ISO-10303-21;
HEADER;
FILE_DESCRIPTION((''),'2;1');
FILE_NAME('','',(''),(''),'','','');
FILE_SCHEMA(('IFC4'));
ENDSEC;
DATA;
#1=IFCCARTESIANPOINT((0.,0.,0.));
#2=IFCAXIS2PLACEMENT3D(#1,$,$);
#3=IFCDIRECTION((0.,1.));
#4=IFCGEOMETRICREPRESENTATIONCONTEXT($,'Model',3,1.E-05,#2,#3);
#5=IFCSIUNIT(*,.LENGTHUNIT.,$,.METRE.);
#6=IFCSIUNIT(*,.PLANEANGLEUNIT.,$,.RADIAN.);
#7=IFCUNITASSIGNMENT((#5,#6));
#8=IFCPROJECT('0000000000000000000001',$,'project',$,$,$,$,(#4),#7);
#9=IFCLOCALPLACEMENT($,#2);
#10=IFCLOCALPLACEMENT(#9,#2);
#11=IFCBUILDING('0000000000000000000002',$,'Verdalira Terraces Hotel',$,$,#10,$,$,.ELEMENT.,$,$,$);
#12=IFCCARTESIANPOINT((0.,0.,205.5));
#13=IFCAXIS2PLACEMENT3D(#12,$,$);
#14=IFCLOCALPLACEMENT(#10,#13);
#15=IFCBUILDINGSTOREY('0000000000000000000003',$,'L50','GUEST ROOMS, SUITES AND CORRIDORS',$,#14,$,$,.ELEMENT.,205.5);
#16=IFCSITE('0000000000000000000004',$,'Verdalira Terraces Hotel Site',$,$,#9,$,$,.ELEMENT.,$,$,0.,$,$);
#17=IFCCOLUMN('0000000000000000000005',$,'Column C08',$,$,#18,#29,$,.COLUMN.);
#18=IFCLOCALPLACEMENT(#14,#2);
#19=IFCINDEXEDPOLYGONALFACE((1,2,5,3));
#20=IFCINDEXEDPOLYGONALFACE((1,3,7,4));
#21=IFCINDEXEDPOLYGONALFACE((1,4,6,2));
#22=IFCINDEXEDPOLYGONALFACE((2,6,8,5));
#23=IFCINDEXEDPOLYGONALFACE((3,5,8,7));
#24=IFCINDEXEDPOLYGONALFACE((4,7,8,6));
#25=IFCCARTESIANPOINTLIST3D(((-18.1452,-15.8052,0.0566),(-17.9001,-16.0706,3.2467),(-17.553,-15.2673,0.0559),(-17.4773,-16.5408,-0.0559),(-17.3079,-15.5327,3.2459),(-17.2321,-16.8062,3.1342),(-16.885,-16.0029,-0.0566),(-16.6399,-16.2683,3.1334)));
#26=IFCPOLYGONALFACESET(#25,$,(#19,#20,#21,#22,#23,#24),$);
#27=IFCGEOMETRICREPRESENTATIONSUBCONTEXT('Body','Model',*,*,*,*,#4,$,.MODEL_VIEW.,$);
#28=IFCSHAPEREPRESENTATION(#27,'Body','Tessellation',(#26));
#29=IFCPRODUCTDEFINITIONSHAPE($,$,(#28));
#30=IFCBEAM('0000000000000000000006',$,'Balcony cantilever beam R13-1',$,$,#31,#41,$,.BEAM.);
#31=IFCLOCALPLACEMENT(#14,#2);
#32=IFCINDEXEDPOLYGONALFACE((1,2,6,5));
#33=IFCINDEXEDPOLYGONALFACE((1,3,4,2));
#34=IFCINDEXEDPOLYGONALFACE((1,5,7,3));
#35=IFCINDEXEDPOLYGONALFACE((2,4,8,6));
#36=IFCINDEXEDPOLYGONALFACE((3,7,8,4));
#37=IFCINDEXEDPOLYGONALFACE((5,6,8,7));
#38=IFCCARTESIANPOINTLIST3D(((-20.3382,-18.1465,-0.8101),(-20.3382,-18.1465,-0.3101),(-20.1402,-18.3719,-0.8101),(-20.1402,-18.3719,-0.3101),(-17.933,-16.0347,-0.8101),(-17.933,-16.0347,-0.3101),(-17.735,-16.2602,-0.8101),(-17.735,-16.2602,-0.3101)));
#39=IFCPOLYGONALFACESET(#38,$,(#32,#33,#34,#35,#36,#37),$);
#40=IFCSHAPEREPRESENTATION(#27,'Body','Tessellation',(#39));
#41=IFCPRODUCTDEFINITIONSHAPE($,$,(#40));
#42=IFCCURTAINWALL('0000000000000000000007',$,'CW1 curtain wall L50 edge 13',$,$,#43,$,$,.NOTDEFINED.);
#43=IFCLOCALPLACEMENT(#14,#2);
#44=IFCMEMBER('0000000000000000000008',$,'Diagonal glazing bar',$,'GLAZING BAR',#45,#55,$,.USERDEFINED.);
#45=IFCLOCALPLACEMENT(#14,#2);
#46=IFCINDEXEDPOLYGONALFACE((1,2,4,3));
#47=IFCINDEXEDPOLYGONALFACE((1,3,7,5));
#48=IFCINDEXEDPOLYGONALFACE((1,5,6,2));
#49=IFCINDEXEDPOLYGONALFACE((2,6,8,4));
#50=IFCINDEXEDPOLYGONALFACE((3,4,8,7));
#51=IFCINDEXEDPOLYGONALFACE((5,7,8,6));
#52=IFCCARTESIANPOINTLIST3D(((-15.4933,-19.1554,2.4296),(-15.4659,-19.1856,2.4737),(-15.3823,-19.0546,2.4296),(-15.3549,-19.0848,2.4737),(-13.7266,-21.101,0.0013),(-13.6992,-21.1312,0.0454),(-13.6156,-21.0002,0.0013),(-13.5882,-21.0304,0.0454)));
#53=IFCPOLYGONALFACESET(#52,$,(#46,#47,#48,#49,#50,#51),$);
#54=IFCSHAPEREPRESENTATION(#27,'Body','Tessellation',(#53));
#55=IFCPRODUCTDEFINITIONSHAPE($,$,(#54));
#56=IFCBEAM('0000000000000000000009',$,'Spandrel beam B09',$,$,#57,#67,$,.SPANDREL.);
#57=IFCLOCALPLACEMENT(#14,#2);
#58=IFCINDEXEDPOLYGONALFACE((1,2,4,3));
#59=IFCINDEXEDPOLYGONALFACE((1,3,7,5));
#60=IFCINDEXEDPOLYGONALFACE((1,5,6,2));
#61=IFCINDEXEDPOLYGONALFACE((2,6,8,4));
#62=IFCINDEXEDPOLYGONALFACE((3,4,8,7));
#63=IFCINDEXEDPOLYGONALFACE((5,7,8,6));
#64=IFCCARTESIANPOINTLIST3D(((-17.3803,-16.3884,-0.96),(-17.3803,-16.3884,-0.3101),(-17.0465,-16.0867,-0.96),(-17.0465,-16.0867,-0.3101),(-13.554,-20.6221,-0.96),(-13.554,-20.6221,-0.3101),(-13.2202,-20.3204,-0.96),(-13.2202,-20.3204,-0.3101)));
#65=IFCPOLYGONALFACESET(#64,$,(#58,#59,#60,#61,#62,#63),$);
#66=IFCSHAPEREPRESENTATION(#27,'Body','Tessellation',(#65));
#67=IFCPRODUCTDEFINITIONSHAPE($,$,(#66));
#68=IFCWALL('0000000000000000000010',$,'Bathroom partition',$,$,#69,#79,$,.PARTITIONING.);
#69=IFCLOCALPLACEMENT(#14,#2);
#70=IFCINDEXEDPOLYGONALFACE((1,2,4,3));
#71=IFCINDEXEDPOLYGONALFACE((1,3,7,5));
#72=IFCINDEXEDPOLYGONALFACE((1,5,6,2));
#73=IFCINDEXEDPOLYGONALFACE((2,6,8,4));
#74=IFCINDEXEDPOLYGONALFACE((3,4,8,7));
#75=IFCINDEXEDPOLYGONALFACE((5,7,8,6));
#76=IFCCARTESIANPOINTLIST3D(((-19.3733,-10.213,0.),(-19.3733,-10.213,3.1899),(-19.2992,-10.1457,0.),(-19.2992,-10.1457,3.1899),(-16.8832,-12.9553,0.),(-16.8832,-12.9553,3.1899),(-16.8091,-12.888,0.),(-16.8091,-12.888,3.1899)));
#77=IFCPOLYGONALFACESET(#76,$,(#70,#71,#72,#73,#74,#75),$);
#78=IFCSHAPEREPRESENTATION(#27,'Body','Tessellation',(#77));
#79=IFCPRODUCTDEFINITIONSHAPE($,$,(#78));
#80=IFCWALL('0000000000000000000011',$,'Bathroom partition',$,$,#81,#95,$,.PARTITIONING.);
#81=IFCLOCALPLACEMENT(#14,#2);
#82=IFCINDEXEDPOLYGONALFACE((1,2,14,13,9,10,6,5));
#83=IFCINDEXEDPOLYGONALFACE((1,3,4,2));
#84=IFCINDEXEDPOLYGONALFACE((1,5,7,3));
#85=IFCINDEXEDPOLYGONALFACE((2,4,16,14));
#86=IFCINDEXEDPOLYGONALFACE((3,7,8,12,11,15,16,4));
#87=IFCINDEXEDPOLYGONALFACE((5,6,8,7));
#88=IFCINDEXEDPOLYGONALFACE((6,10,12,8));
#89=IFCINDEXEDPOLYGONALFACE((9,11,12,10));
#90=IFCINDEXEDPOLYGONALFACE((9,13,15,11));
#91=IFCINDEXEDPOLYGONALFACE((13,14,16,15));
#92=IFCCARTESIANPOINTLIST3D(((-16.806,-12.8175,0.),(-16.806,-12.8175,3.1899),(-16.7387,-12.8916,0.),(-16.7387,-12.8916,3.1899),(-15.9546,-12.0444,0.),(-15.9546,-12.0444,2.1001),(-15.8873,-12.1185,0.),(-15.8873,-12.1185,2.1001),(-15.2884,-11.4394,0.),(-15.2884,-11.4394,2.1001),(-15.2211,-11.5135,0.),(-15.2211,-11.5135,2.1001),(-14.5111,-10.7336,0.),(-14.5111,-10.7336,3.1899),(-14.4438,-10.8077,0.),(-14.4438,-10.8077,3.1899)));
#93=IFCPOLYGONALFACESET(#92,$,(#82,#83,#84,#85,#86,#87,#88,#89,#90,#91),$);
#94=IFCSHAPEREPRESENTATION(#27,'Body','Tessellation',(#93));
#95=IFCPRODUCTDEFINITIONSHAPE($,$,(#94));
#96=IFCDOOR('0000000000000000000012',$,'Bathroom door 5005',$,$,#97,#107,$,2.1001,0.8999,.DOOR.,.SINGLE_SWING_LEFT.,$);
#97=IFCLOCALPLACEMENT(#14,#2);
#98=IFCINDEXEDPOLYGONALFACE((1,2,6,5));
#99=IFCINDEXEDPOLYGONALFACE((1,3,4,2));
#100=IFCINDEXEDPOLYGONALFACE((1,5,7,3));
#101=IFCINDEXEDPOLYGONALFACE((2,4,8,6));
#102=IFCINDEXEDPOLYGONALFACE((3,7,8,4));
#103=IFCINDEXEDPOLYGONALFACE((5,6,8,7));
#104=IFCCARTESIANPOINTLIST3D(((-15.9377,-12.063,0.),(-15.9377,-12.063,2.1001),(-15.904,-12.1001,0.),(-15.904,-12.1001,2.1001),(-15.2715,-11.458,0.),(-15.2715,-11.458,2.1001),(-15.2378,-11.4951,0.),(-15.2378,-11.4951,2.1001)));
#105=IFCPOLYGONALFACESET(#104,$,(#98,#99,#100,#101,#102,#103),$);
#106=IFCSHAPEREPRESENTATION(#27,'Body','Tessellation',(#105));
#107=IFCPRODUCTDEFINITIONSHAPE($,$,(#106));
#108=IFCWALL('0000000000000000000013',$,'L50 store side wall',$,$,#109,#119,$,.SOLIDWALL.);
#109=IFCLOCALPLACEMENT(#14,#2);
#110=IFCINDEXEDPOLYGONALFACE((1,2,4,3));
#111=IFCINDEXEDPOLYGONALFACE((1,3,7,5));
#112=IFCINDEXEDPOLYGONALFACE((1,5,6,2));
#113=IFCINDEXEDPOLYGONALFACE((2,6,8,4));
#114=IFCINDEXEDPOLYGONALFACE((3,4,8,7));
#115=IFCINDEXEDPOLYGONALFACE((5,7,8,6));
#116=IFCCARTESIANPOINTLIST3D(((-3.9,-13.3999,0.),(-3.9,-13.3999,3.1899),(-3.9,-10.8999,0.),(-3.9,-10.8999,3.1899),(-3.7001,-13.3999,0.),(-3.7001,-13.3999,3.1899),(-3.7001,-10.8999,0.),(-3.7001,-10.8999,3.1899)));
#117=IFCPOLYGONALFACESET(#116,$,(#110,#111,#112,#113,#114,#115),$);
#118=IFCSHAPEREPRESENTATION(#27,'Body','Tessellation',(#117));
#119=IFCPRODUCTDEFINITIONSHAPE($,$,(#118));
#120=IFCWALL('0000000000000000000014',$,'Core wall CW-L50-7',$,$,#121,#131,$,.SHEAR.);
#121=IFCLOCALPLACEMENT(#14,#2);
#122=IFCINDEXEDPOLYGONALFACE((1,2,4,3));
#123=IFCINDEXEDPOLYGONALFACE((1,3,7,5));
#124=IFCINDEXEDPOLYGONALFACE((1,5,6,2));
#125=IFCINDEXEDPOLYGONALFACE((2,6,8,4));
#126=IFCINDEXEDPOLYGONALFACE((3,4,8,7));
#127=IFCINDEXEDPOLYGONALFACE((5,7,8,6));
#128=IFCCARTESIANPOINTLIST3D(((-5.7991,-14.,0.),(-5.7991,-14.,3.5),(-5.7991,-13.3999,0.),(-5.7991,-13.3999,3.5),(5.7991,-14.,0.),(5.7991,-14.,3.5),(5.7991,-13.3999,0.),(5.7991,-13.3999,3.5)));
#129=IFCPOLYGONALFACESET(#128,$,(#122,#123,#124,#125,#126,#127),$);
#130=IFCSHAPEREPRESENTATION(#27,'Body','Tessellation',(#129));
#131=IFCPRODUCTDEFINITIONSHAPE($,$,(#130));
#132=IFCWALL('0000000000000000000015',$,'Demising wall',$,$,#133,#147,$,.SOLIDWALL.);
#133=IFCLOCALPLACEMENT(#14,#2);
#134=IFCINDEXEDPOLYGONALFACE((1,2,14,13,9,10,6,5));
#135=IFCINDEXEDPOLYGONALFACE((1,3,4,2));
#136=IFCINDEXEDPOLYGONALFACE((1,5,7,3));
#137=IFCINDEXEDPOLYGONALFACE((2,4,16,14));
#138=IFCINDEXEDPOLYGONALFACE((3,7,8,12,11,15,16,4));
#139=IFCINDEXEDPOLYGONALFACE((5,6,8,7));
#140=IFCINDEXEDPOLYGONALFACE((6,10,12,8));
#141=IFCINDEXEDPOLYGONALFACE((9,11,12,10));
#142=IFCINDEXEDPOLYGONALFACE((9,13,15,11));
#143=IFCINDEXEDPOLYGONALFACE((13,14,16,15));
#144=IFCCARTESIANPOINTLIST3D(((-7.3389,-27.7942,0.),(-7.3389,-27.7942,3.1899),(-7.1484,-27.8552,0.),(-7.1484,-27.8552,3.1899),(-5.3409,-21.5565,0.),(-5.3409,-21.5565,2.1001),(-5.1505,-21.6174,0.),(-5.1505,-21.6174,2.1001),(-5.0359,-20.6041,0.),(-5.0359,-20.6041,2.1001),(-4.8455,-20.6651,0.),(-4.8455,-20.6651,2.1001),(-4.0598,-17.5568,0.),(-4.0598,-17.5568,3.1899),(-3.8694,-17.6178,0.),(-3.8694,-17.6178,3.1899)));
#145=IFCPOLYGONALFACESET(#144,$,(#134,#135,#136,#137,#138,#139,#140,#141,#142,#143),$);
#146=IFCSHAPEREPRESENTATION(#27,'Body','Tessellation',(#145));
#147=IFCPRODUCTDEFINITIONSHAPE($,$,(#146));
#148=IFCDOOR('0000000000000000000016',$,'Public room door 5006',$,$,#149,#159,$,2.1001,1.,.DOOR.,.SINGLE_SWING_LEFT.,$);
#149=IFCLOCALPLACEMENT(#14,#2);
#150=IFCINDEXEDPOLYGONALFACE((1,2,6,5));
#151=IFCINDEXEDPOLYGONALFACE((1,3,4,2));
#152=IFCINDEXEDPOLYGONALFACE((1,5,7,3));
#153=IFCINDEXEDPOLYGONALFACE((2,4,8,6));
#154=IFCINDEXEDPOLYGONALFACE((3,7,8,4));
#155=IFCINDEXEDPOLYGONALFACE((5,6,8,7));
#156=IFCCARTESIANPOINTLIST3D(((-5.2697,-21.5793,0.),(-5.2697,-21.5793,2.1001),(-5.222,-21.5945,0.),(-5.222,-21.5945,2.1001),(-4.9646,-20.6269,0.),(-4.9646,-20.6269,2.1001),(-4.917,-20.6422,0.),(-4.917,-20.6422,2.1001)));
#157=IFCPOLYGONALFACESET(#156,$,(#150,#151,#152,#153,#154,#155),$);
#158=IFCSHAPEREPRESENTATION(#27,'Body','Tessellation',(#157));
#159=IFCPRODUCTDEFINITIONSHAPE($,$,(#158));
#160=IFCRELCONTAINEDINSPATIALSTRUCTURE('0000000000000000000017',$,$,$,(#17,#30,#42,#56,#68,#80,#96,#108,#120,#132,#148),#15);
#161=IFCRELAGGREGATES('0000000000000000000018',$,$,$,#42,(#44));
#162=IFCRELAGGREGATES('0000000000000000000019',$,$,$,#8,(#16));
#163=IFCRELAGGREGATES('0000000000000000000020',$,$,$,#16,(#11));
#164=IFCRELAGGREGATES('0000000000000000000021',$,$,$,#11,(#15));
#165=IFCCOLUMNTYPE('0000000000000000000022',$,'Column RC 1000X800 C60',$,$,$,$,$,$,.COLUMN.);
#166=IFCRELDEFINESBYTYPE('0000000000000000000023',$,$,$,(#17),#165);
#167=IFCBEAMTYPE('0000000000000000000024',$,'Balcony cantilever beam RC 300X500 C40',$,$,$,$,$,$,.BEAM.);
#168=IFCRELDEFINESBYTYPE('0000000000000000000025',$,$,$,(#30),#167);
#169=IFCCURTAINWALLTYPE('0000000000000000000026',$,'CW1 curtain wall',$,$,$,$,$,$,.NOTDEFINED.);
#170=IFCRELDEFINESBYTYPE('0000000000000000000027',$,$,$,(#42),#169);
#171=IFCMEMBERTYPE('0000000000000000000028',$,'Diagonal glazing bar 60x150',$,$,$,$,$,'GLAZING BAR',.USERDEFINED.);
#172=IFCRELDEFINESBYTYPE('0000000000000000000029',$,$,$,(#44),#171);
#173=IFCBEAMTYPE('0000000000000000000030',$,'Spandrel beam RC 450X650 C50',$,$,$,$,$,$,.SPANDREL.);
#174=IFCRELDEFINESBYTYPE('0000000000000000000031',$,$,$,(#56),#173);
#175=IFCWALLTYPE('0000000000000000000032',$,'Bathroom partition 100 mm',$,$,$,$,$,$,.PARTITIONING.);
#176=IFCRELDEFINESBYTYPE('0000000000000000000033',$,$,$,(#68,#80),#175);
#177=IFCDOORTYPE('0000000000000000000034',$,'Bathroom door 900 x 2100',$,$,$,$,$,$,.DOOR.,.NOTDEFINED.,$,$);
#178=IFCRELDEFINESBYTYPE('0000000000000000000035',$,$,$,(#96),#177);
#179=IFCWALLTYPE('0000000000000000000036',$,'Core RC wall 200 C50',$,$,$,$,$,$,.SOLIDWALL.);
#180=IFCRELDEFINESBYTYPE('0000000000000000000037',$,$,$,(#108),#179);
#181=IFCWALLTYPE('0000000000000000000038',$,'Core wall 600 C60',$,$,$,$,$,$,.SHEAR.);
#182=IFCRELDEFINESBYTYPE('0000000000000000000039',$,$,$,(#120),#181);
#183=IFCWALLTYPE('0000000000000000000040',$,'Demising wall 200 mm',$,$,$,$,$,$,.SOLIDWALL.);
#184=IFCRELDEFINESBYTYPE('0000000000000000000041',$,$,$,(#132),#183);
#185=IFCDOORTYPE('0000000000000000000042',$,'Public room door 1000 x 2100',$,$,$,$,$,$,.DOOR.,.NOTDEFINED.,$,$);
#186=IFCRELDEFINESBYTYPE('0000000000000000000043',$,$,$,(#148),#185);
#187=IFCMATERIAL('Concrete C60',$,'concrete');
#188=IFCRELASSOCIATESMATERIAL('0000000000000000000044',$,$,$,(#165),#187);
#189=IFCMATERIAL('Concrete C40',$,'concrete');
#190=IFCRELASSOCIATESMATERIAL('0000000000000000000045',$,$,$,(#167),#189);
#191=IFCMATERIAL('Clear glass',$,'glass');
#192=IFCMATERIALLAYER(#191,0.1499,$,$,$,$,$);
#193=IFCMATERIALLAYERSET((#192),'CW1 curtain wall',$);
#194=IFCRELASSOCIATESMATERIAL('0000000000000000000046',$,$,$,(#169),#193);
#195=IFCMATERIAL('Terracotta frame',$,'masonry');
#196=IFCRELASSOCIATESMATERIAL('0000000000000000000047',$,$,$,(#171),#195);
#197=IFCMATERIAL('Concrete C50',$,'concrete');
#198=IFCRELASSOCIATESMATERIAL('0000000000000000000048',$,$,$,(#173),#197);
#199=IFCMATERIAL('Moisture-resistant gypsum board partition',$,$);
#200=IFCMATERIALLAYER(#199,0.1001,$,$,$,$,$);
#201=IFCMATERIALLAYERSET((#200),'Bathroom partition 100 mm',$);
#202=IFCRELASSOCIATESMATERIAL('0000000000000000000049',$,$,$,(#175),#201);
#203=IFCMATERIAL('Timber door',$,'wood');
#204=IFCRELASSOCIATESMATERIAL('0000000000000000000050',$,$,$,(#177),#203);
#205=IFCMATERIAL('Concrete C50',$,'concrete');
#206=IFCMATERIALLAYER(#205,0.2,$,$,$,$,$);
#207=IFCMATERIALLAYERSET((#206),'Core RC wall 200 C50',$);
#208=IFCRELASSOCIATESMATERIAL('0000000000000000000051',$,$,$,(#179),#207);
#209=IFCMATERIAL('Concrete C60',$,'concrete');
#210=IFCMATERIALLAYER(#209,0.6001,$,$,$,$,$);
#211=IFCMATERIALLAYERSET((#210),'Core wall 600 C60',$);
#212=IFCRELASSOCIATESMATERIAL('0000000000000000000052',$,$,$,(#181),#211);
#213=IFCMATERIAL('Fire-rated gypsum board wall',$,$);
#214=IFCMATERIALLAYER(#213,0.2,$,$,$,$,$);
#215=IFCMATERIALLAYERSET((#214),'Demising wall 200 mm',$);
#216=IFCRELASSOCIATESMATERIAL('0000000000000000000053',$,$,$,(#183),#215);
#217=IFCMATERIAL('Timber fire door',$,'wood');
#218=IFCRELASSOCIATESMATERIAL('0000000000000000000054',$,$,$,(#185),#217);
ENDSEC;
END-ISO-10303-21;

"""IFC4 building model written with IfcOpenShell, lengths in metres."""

from ifc_helpers import new_model, si_unit, direction, frame, frame_2d, origin, origin_2d, place, context, subcontext, project, spatial, rectangle, extrude, material, layer, layer_set, material_profile, profile_set, type_object, element, fill, aggregate, save


model = new_model("IFC4")

# Units and contexts
model_context = context("Model", 3, precision=1e-05, world=origin(), true_north=direction((0.0, 1.0)))
body_context = subcontext(model_context, "Body", "Model", "MODEL_VIEW")
ifc_project = project(units=[si_unit("LENGTHUNIT", "METRE"), si_unit("PLANEANGLEUNIT", "RADIAN")], contexts=[model_context])

# Site, building, storey
site_placement = place(None, origin())
site = spatial("IfcSite", under=ifc_project, at=site_placement, Name="Verdalira Terraces Hotel Site", CompositionType="ELEMENT", RefElevation=0.0)
building_placement = place(site_placement, origin())
building = spatial("IfcBuilding", under=site, at=building_placement, Name="Verdalira Terraces Hotel", CompositionType="ELEMENT")
storey_placement = place(building_placement, frame((0.0, 0.0, 205.5)))
storey = spatial("IfcBuildingStorey", under=building, at=storey_placement, Name="L50", Description="GUEST ROOMS, SUITES AND CORRIDORS", CompositionType="ELEMENT", Elevation=205.5)

# Column
ifc_material_1 = material(Name="Concrete C60", Category="concrete")
ifc_material_profile_1 = material_profile(ifc_material_1, rectangle(XDim=1.0, YDim=0.8, at=origin_2d()), Name="RC 1000X800")
ifc_profile_set_1 = profile_set([ifc_material_profile_1], Name="Concrete C60")
column_type = type_object("IfcColumnType", Name="Column RC 1000X800 C60", PredefinedType="COLUMN", material=ifc_profile_set_1)
column_placement = place(storey_placement, frame((-17.5151, -15.9041, 0.0), z_axis=(0.076353, -0.082665, 0.993648), x_axis=(0.667977, -0.735625, -0.112527)))
element("IfcColumn", 1, at=column_placement, inside=storey, type_object=column_type, Name="Column C08", PredefinedType="COLUMN", context=body_context, shape_type="SweptSolid", body=[
    extrude(rectangle(XDim=1.0, YDim=0.8, at=origin_2d()), origin(), (0.0, 0.0, 1.0), 3.2104),
])

# Beam
ifc_material_2 = material(Name="Concrete C40", Category="concrete")
ifc_material_profile_2 = material_profile(ifc_material_2, rectangle(XDim=0.3, YDim=0.5, at=origin_2d()), Name="RC 300X500")
ifc_profile_set_2 = profile_set([ifc_material_profile_2], Name="Concrete C40")
beam_type_1 = type_object("IfcBeamType", Name="Balcony cantilever beam RC 300X500 C40", PredefinedType="BEAM", material=ifc_profile_set_2)
beam_1_placement = place(storey_placement, frame((-17.834, -16.1475, -0.5601), z_axis=(-0.751461, -0.659778, 0.0), x_axis=(0.659778, -0.751461, 0.0)))
element("IfcBeam", 2, at=beam_1_placement, inside=storey, type_object=beam_type_1, Name="Balcony cantilever beam R13-1", PredefinedType="BEAM", context=body_context, shape_type="SweptSolid", body=[
    extrude(rectangle(XDim=0.3, YDim=0.5, at=origin_2d()), origin(), (0.0, 0.0, 1.0), 3.2007),
])

# Curtain wall, member
ifc_material_3 = material(Name="Clear glass", Category="glass")
ifc_layer_1 = layer(ifc_material_3, 0.1499)
ifc_layer_set_1 = layer_set([ifc_layer_1], Name="CW1 curtain wall")
curtain_wall_type = type_object("IfcCurtainWallType", Name="CW1 curtain wall", PredefinedType="NOTDEFINED", material=ifc_layer_set_1)
curtain_wall_placement = place(storey_placement, origin())
curtain_wall = element("IfcCurtainWall", 3, at=curtain_wall_placement, inside=storey, type_object=curtain_wall_type, Name="CW1 curtain wall L50 edge 13", PredefinedType="NOTDEFINED")
ifc_material_4 = material(Name="Terracotta frame", Category="masonry")
ifc_material_profile_3 = material_profile(ifc_material_4, rectangle(XDim=0.1499, YDim=0.0601, at=origin_2d()), Name="GB 60x150")
ifc_profile_set_3 = profile_set([ifc_material_profile_3], Name="Terracotta frame")
member_type = type_object("IfcMemberType", Name="Diagonal glazing bar 60x150", ElementType="GLAZING BAR", PredefinedType="USERDEFINED", material=ifc_profile_set_3)
member_placement = place(storey_placement, frame((-15.4241, -19.1201, 2.4517), z_axis=(0.493735, -0.54375, -0.678647), x_axis=(0.740335, 0.672238, 0.0)))
member = element("IfcMember", 4, at=member_placement, type_object=member_type, Name="Diagonal glazing bar", ObjectType="GLAZING BAR", PredefinedType="USERDEFINED", context=body_context, shape_type="SweptSolid", body=[
    extrude(rectangle(XDim=0.1499, YDim=0.0601, at=origin_2d()), origin(), (0.0, 0.0, 1.0), 3.5781),
])
aggregate(curtain_wall, [member])

# Beam
ifc_material_5 = material(Name="Concrete C50", Category="concrete")
ifc_material_profile_4 = material_profile(ifc_material_5, rectangle(XDim=0.45, YDim=0.6499, at=origin_2d()), Name="RC 450X650")
ifc_profile_set_4 = profile_set([ifc_material_profile_4], Name="Concrete C50")
beam_type_2 = type_object("IfcBeamType", Name="Spandrel beam RC 450X650 C50", PredefinedType="SPANDREL", material=ifc_profile_set_4)
beam_2_placement = place(storey_placement, frame((-17.2134, -16.2375, -0.635), z_axis=(0.670502, -0.741908, 0.0), x_axis=(0.741908, 0.670502, 0.0)))
element("IfcBeam", 5, at=beam_2_placement, inside=storey, type_object=beam_type_2, Name="Spandrel beam B09", PredefinedType="SPANDREL", context=body_context, shape_type="SweptSolid", body=[
    extrude(rectangle(XDim=0.45, YDim=0.6499, at=origin_2d()), origin(), (0.0, 0.0, 1.0), 5.7065),
])

# Wall
ifc_material_6 = material(Name="Moisture-resistant gypsum board partition")
ifc_layer_2 = layer(ifc_material_6, 0.1001)
ifc_layer_set_2 = layer_set([ifc_layer_2], Name="Bathroom partition 100 mm")
wall_type_1 = type_object("IfcWallType", Name="Bathroom partition 100 mm", PredefinedType="PARTITIONING", material=ifc_layer_set_2)
wall_1_placement = place(storey_placement, frame((-16.8462, -12.9216, 0.0), z_axis=(0.0, 0.0, 1.0), x_axis=(-0.672243, 0.740331, 0.0)))
element("IfcWall", 6, at=wall_1_placement, inside=storey, type_object=wall_type_1, Name="Bathroom partition", PredefinedType="PARTITIONING", context=body_context, shape_type="SweptSolid", body=[
    extrude(rectangle(XDim=3.7041, YDim=0.1001, at=frame_2d((1.8521, 0.0))), origin(), (0.0, 0.0, 1.0), 3.1899),
])

# Wall, opening, door
wall_2_placement = place(storey_placement, frame((-16.7722, -12.8545, 0.0), z_axis=(0.0, 0.0, 1.0), x_axis=(0.740311, 0.672265, 0.0)))
wall_2 = element("IfcWall", 7, at=wall_2_placement, inside=storey, type_object=wall_type_1, Name="Bathroom partition", PredefinedType="PARTITIONING", context=body_context, shape_type="SweptSolid", body=[
    extrude(rectangle(XDim=3.0999, YDim=0.1001, at=frame_2d((1.5498, 0.0))), origin(), (0.0, 0.0, 1.0), 3.1899),
])
opening_1_placement = place(wall_2_placement, frame((1.1499, 0.0, 0.0)))
opening_1 = element("IfcOpeningElement", 8, at=opening_1_placement, cuts=wall_2, PredefinedType="OPENING", context=body_context, shape_type="SweptSolid", body=[
    extrude(rectangle(XDim=0.8999, YDim=2.1001, at=frame_2d((0.45, 1.05))), frame((0.0, 0.0601, 0.0), z_axis=(0.0, -1.0, 0.0), x_axis=(1.0, 0.0, 0.0)), (0.0, 0.0, 1.0), 0.1201),
])
ifc_material_7 = material(Name="Timber door", Category="wood")
door_type_1 = type_object("IfcDoorType", Name="Bathroom door 900 x 2100", OperationType="NOTDEFINED", PredefinedType="DOOR", material=ifc_material_7)
door_1_placement = place(opening_1_placement, origin())
door_1 = element("IfcDoor", 9, at=door_1_placement, inside=storey, type_object=door_type_1, Name="Bathroom door 5005", OperationType="SINGLE_SWING_LEFT", OverallHeight=2.1001, OverallWidth=0.8999, PredefinedType="DOOR", context=body_context, shape_type="SweptSolid", body=[
    extrude(rectangle(XDim=0.8999, YDim=2.1001, at=frame_2d((0.45, 1.05))), frame((0.0, 0.0249, 0.0), z_axis=(0.0, -1.0, 0.0), x_axis=(1.0, 0.0, 0.0)), (0.0, 0.0, 1.0), 0.05),
])
fill(opening_1, door_1)

# Walls
ifc_material_8 = material(Name="Concrete C50", Category="concrete")
ifc_layer_3 = layer(ifc_material_8, 0.2)
ifc_layer_set_3 = layer_set([ifc_layer_3], Name="Core RC wall 200 C50")
wall_type_2 = type_object("IfcWallType", Name="Core RC wall 200 C50", PredefinedType="SOLIDWALL", material=ifc_layer_set_3)
wall_3_placement = place(storey_placement, frame((-3.8, -10.8999, 0.0), z_axis=(0.0, 0.0, 1.0), x_axis=(0.0, -1.0, 0.0)))
element("IfcWall", 10, at=wall_3_placement, inside=storey, type_object=wall_type_2, Name="L50 store side wall", PredefinedType="SOLIDWALL", context=body_context, shape_type="SweptSolid", body=[
    extrude(rectangle(XDim=2.5, YDim=0.2, at=frame_2d((1.25, 0.0))), origin(), (0.0, 0.0, 1.0), 3.1899),
])
ifc_material_9 = material(Name="Concrete C60", Category="concrete")
ifc_layer_4 = layer(ifc_material_9, 0.6001)
ifc_layer_set_4 = layer_set([ifc_layer_4], Name="Core wall 600 C60")
wall_type_3 = type_object("IfcWallType", Name="Core wall 600 C60", PredefinedType="SHEAR", material=ifc_layer_set_4)
wall_4_placement = place(storey_placement, frame((-5.7991, -13.7, 0.0), z_axis=(0.0, 0.0, 1.0), x_axis=(1.0, 0.0, 0.0)))
element("IfcWall", 11, at=wall_4_placement, inside=storey, type_object=wall_type_3, Name="Core wall CW-L50-7", PredefinedType="SHEAR", context=body_context, shape_type="SweptSolid", body=[
    extrude(rectangle(XDim=11.5981, YDim=0.6001, at=frame_2d((5.7991, 0.0))), origin(), (0.0, 0.0, 1.0), 3.5),
])

# Wall, opening, door
ifc_material_10 = material(Name="Fire-rated gypsum board wall")
ifc_layer_5 = layer(ifc_material_10, 0.2)
ifc_layer_set_5 = layer_set([ifc_layer_5], Name="Demising wall 200 mm")
wall_type_4 = type_object("IfcWallType", Name="Demising wall 200 mm", PredefinedType="SOLIDWALL", material=ifc_layer_set_5)
wall_5_placement = place(storey_placement, frame((-3.9646, -17.5872, 0.0), z_axis=(0.0, 0.0, 1.0), x_axis=(-0.305032, -0.952342, 0.0)))
wall_5 = element("IfcWall", 12, at=wall_5_placement, inside=storey, type_object=wall_type_4, Name="Demising wall", PredefinedType="SOLIDWALL", context=body_context, shape_type="SweptSolid", body=[
    extrude(rectangle(XDim=10.7498, YDim=0.2, at=frame_2d((5.375, 0.0))), origin(), (0.0, 0.0, 1.0), 3.1899),
])
opening_2_placement = place(wall_5_placement, frame((3.2, 0.0, 0.0)))
opening_2 = element("IfcOpeningElement", 13, at=opening_2_placement, cuts=wall_5, PredefinedType="OPENING", context=body_context, shape_type="SweptSolid", body=[
    extrude(rectangle(XDim=1.0, YDim=2.1001, at=frame_2d((0.5, 1.05))), frame((0.0, 0.1099, 0.0), z_axis=(0.0, -1.0, 0.0), x_axis=(1.0, 0.0, 0.0)), (0.0, 0.0, 1.0), 0.22),
])
ifc_material_11 = material(Name="Timber fire door", Category="wood")
door_type_2 = type_object("IfcDoorType", Name="Public room door 1000 x 2100", OperationType="NOTDEFINED", PredefinedType="DOOR", material=ifc_material_11)
door_2_placement = place(opening_2_placement, origin())
door_2 = element("IfcDoor", 14, at=door_2_placement, inside=storey, type_object=door_type_2, Name="Public room door 5006", OperationType="SINGLE_SWING_LEFT", OverallHeight=2.1001, OverallWidth=1.0, PredefinedType="DOOR", context=body_context, shape_type="SweptSolid", body=[
    extrude(rectangle(XDim=1.0, YDim=2.1001, at=frame_2d((0.5, 1.05))), frame((0.0, 0.0249, 0.0), z_axis=(0.0, -1.0, 0.0), x_axis=(1.0, 0.0, 0.0)), (0.0, 0.0, 1.0), 0.05),
])
fill(opening_2, door_2)

save(model, "model.ifc")
